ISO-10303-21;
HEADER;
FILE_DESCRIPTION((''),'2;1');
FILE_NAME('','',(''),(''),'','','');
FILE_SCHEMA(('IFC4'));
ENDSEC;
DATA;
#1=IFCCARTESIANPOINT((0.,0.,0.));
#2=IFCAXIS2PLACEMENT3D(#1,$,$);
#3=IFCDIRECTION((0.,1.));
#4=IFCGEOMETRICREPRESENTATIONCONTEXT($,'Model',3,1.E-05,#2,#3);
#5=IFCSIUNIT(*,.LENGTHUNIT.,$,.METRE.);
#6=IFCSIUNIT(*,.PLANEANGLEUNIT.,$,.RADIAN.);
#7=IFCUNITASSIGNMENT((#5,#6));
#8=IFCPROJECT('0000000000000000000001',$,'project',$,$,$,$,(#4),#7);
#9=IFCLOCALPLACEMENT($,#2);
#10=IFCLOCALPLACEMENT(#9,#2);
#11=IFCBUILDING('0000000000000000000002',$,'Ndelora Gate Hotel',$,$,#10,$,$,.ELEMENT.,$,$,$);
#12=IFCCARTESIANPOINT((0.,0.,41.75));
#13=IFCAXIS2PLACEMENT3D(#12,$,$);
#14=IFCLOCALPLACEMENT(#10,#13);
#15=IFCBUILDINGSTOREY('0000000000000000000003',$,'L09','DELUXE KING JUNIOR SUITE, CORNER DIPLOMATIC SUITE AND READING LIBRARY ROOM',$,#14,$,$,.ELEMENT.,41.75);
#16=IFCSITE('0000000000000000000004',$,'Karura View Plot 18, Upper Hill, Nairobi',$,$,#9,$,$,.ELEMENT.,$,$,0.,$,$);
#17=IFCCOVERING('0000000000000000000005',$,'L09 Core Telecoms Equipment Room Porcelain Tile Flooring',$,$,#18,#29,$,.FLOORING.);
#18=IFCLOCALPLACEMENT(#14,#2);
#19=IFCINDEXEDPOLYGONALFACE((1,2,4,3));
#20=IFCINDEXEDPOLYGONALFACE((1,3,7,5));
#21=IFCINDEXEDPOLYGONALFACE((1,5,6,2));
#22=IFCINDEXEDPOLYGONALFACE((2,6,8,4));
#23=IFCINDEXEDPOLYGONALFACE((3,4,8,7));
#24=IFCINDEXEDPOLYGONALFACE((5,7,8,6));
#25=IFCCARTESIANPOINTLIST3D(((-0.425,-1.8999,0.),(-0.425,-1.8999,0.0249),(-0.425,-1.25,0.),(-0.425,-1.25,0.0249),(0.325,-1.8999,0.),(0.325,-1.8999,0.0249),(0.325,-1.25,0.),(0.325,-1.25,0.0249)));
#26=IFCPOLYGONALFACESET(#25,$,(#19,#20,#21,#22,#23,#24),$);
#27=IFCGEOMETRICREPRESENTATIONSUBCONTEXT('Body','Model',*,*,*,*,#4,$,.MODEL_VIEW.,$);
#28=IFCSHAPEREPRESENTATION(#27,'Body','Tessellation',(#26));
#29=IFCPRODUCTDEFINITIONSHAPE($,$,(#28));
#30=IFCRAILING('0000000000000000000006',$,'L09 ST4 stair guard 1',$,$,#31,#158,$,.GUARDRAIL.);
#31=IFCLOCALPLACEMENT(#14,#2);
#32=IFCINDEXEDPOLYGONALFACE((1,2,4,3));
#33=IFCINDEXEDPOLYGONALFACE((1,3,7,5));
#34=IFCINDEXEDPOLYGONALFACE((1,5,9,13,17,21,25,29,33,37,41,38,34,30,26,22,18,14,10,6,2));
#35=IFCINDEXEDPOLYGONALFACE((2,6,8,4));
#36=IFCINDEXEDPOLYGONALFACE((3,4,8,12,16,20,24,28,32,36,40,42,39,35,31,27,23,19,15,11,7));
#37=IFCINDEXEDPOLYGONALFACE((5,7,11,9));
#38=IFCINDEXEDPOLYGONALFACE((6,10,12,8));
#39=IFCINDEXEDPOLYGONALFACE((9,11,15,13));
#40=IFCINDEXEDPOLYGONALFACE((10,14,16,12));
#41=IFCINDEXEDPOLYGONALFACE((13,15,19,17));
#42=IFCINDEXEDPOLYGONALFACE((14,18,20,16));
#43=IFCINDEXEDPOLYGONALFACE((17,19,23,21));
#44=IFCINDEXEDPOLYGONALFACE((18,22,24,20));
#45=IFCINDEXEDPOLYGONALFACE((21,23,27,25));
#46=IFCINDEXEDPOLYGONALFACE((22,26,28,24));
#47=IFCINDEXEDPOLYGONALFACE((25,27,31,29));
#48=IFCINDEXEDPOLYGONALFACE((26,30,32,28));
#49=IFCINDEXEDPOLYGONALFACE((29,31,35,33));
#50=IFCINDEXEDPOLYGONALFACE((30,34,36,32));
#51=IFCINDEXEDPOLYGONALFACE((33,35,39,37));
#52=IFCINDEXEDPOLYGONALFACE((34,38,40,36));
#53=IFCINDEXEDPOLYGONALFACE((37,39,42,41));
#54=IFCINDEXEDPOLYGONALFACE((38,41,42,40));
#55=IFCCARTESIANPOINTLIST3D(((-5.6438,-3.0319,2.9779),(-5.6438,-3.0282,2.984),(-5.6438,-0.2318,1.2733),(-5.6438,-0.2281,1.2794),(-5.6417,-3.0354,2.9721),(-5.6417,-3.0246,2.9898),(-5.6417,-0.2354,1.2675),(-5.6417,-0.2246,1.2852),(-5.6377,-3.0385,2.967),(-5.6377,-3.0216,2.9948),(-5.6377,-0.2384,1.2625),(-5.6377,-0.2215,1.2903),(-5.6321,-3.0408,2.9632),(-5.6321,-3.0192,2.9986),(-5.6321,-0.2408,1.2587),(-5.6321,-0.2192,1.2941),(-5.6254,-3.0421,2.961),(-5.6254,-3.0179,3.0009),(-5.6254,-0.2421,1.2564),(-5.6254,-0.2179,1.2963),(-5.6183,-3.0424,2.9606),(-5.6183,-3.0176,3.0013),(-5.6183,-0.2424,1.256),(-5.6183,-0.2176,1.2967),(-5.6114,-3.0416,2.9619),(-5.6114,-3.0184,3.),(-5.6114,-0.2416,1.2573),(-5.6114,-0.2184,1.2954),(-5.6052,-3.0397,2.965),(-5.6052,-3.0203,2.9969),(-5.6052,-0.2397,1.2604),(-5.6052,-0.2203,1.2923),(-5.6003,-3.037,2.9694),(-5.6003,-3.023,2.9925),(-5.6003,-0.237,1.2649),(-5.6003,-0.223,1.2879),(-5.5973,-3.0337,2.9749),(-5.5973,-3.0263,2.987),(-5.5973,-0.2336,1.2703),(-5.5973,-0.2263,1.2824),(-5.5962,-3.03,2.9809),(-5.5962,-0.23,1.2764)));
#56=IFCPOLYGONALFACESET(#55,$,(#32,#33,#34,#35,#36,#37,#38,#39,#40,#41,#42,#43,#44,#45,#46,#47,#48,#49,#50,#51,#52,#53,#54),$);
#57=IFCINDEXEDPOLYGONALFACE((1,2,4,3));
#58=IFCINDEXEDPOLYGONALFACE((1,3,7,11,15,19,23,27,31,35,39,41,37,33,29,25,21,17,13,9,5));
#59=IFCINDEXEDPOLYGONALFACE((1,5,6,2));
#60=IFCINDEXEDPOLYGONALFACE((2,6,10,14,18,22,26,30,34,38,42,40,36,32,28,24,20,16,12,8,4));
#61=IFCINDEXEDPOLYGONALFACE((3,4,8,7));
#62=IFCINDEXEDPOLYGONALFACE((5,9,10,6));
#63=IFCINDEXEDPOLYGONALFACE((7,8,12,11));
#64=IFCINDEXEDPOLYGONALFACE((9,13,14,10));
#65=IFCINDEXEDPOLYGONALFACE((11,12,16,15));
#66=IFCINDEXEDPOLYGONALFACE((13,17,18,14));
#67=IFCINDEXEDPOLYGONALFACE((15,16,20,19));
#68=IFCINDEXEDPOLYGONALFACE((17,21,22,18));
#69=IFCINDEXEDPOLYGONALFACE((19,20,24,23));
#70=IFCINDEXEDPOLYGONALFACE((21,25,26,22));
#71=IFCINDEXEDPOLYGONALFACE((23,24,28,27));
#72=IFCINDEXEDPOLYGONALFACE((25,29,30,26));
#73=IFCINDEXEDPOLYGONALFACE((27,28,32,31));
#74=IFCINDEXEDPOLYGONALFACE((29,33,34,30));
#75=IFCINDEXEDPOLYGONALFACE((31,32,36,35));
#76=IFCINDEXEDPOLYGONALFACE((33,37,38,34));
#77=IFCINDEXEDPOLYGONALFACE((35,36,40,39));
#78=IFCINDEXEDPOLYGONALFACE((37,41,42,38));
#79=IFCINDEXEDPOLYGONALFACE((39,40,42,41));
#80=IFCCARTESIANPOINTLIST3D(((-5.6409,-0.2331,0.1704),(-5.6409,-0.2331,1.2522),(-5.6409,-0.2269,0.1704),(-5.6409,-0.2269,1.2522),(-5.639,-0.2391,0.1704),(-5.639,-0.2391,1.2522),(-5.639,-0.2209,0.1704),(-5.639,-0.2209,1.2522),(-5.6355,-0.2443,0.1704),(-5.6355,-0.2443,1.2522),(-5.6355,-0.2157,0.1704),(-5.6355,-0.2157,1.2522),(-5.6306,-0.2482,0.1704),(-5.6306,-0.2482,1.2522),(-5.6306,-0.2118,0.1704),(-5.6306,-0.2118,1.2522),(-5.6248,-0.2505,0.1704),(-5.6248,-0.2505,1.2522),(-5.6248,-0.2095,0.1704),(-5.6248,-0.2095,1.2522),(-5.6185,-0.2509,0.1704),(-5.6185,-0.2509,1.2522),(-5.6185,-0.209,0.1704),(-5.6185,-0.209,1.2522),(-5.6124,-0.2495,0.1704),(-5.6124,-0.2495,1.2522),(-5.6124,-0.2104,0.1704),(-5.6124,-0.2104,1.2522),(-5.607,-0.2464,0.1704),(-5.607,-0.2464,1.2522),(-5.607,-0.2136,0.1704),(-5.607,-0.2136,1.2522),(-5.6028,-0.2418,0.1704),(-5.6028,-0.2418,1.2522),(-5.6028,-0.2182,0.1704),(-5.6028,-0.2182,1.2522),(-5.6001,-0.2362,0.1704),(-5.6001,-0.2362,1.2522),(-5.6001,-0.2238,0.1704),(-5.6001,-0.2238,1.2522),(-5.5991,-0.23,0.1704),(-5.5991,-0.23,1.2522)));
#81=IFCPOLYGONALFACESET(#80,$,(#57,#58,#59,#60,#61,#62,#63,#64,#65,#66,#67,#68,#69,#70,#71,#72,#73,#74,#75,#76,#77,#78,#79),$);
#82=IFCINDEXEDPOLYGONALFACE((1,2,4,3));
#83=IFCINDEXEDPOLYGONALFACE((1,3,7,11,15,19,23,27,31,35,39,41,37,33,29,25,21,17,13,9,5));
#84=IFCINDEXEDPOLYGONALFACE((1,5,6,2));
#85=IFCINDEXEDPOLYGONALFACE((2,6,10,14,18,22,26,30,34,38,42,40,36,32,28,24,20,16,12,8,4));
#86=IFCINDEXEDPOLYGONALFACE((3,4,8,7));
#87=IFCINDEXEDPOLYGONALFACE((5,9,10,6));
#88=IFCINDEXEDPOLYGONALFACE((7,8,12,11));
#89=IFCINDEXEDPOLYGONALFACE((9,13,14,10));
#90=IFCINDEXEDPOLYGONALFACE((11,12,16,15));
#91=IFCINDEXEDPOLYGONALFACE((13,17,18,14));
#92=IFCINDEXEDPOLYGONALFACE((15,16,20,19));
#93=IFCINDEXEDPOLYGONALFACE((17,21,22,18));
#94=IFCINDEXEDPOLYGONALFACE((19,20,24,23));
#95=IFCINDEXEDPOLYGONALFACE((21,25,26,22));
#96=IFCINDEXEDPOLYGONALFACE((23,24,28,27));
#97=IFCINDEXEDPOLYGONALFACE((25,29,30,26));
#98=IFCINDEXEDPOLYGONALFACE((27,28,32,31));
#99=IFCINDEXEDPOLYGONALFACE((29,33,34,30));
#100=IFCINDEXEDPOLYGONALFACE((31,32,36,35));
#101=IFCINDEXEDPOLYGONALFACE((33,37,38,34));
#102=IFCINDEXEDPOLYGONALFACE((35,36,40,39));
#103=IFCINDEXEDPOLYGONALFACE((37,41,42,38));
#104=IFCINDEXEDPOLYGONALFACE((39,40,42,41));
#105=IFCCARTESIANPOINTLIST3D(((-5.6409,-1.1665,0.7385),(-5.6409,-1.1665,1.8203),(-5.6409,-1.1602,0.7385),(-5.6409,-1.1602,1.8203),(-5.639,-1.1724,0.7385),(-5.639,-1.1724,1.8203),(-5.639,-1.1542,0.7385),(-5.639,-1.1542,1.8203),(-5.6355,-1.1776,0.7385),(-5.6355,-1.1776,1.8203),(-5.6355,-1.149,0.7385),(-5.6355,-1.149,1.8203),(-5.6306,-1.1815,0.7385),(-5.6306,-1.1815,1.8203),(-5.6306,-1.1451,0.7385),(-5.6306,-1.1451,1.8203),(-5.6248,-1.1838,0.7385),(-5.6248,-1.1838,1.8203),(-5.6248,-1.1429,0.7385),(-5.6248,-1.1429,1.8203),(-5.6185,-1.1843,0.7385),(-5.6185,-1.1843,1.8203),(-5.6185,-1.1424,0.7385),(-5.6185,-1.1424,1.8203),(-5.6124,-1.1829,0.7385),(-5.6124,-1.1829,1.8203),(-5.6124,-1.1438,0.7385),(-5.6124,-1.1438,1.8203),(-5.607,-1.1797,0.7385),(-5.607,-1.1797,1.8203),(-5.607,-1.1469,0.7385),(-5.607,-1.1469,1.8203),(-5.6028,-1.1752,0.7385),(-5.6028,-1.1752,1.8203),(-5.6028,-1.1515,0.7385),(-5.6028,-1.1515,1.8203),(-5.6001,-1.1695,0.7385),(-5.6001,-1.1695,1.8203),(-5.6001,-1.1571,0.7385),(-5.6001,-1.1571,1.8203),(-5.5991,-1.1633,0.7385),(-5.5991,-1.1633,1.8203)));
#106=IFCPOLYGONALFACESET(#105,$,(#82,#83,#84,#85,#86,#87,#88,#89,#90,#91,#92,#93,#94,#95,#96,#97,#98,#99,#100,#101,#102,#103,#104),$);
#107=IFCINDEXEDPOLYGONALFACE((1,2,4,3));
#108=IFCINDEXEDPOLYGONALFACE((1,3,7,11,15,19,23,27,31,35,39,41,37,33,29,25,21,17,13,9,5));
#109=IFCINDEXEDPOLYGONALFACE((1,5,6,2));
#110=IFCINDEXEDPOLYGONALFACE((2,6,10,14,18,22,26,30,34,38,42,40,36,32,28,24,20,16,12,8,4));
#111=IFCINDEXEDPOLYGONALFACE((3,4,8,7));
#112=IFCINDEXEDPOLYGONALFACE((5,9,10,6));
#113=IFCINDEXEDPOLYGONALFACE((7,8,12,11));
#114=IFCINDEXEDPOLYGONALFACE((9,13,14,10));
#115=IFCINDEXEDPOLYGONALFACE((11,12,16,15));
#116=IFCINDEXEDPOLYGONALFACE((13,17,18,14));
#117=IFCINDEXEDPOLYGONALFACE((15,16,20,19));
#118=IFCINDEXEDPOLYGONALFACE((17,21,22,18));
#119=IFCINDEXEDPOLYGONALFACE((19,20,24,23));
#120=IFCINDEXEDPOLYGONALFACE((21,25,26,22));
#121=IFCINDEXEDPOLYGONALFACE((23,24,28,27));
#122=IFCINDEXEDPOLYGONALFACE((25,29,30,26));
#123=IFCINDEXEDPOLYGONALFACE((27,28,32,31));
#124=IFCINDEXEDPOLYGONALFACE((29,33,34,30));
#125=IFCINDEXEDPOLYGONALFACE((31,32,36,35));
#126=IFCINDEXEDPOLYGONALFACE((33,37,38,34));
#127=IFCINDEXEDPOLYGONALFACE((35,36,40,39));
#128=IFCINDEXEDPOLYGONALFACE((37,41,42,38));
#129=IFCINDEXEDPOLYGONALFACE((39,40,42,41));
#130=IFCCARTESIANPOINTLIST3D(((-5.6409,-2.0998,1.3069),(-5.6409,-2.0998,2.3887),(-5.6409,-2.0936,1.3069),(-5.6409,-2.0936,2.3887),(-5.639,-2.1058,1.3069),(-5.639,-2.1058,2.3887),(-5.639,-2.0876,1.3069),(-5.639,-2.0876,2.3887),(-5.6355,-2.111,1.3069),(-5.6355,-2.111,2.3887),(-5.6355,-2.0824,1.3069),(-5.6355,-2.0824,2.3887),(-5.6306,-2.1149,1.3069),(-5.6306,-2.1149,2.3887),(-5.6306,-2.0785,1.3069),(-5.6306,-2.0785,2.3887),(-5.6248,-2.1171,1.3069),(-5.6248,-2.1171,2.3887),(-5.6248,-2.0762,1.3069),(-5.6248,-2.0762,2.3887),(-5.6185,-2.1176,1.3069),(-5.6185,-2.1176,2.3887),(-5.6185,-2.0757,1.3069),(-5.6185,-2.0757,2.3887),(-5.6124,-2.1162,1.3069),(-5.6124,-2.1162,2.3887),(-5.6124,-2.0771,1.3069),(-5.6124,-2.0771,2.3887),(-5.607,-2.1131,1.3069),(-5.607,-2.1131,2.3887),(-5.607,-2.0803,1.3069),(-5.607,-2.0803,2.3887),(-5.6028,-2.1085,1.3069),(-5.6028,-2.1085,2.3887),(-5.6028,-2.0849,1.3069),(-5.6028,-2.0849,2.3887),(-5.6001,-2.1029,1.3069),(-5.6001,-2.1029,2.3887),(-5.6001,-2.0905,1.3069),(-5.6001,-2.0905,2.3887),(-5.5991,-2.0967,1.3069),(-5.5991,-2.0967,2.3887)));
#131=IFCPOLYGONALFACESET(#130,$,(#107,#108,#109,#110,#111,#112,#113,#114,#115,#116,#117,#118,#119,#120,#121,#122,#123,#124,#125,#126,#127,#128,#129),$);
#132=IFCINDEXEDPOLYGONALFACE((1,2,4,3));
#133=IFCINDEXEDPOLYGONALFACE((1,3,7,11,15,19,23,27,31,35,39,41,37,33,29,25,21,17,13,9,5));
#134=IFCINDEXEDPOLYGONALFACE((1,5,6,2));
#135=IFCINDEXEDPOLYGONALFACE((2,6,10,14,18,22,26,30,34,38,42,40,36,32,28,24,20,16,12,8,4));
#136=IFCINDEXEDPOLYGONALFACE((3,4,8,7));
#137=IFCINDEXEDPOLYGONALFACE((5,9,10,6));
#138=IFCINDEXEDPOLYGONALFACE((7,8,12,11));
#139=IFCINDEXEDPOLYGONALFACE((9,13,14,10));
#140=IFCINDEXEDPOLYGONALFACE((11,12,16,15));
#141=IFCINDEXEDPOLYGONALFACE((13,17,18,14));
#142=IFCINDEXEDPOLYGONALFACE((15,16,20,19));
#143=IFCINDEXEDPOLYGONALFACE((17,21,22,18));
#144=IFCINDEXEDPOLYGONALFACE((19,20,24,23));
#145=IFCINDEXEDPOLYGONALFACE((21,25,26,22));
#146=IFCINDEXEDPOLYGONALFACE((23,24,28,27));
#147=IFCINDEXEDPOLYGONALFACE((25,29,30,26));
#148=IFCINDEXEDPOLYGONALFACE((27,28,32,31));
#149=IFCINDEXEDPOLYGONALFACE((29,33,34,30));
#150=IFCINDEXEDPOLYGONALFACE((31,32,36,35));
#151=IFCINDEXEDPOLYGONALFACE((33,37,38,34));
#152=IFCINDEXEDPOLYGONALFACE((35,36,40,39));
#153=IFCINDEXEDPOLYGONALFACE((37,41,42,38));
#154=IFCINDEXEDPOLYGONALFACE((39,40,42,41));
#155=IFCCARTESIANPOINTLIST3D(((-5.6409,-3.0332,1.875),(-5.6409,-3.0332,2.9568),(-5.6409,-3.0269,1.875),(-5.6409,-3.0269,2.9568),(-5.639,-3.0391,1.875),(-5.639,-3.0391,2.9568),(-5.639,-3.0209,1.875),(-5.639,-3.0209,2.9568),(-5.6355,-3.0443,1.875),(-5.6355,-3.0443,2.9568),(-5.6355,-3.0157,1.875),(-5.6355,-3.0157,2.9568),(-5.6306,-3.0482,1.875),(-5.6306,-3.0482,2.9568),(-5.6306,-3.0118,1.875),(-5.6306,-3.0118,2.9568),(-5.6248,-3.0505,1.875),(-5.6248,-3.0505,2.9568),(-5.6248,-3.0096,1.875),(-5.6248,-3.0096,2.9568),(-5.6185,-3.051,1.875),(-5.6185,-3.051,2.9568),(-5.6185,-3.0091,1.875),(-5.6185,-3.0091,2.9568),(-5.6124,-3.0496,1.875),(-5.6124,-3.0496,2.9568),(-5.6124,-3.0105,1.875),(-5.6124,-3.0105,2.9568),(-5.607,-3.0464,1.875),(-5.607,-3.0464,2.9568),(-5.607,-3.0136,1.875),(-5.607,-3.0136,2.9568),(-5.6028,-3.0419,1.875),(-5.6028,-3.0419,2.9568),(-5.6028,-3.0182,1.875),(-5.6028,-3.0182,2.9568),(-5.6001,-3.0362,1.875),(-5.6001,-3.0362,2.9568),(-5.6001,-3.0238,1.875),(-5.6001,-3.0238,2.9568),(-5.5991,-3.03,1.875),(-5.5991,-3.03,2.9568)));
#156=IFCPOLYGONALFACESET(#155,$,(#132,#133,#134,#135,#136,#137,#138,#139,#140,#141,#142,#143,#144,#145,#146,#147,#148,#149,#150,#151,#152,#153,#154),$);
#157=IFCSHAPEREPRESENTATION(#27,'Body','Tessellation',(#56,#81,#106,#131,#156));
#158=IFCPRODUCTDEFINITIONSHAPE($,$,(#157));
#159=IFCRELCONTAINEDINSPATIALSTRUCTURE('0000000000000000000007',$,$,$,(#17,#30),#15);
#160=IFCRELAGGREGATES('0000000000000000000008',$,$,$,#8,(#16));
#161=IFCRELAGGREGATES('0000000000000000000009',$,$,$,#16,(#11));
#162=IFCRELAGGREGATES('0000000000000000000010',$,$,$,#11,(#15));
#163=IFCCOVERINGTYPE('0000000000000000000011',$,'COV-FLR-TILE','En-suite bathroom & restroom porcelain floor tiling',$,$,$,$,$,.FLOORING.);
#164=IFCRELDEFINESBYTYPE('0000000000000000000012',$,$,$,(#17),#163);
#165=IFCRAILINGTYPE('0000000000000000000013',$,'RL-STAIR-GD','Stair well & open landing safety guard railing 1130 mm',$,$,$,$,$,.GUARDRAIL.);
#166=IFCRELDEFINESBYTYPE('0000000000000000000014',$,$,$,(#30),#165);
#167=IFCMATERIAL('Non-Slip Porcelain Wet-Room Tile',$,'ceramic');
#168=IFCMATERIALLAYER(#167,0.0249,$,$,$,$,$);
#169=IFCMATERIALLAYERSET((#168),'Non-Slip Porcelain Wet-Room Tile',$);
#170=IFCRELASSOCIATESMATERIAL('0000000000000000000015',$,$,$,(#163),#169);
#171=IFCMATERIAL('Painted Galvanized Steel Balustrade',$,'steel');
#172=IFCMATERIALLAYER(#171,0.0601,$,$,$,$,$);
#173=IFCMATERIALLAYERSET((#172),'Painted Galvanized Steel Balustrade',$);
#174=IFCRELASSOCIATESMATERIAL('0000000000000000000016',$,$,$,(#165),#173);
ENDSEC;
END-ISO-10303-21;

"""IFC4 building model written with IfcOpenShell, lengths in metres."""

from ifc_helpers import new_model, si_unit, direction, frame, origin, origin_2d, place, context, subcontext, project, spatial, rectangle, circle, extrude, material, layer, layer_set, type_object, element, save


model = new_model("IFC4")

# Units and contexts
model_context = context("Model", 3, precision=1e-05, world=origin(), true_north=direction((0.0, 1.0)))
body_context = subcontext(model_context, "Body", "Model", "MODEL_VIEW")
ifc_project = project(units=[si_unit("LENGTHUNIT", "METRE"), si_unit("PLANEANGLEUNIT", "RADIAN")], contexts=[model_context])

# Site, building, storey
site_placement = place(None, origin())
site = spatial("IfcSite", under=ifc_project, at=site_placement, Name="Karura View Plot 18, Upper Hill, Nairobi", CompositionType="ELEMENT", RefElevation=0.0)
building_placement = place(site_placement, origin())
building = spatial("IfcBuilding", under=site, at=building_placement, Name="Ndelora Gate Hotel", CompositionType="ELEMENT")
storey_placement = place(building_placement, frame((0.0, 0.0, 41.75)))
storey = spatial("IfcBuildingStorey", under=building, at=storey_placement, Name="L09", Description="DELUXE KING JUNIOR SUITE, CORNER DIPLOMATIC SUITE AND READING LIBRARY ROOM", CompositionType="ELEMENT", Elevation=41.75)

# Covering
ifc_material_1 = material(Name="Non-Slip Porcelain Wet-Room Tile", Category="ceramic")
ifc_layer_1 = layer(ifc_material_1, 0.0249)
ifc_layer_set_1 = layer_set([ifc_layer_1], Name="Non-Slip Porcelain Wet-Room Tile")
covering_type = type_object("IfcCoveringType", Name="COV-FLR-TILE", Description="En-suite bathroom & restroom porcelain floor tiling", PredefinedType="FLOORING", material=ifc_layer_set_1)
for number, where, z_axis, x_axis, name in (
    (1, (-0.05, -1.575, 0.0), (0.0, 0.0, 1.0), (1.0, 0.0, 0.0), "L09 Core Telecoms Equipment Room Porcelain Tile Flooring"),
):
    element("IfcCovering", number, at=place(storey_placement, frame(where, z_axis=z_axis, x_axis=x_axis)), inside=storey, type_object=covering_type, Name=name, PredefinedType="FLOORING", context=body_context, shape_type="SweptSolid", body=[
        extrude(rectangle(XDim=0.75, YDim=0.6499, at=origin_2d()), origin(), (0.0, 0.0, 1.0), 0.0249),
    ])

# Railing
ifc_material_2 = material(Name="Painted Galvanized Steel Balustrade", Category="steel")
ifc_layer_2 = layer(ifc_material_2, 0.0601)
ifc_layer_set_2 = layer_set([ifc_layer_2], Name="Painted Galvanized Steel Balustrade")
railing_type_1 = type_object("IfcRailingType", Name="RL-STAIR-GD", Description="Stair well & open landing safety guard railing 1130 mm", PredefinedType="GUARDRAIL", material=ifc_layer_set_2)
railing_1_placement = place(storey_placement, frame((-5.6201, -0.23, 0.1704)))
element("IfcRailing", 2, at=railing_1_placement, inside=storey, type_object=railing_type_1, Name="L09 ST4 stair guard 1", PredefinedType="GUARDRAIL", context=body_context, shape_type="SweptSolid", body=[
    extrude(circle(Radius=0.0239, at=origin_2d()), frame((0.0, 0.0, 1.106), z_axis=(0.0, -0.85417, 0.519994), x_axis=(1.0, 0.0, 0.0)), (0.0, 0.0, 1.0), 3.2781),
    extrude(circle(Radius=0.021, at=origin_2d()), origin(), (0.0, 0.0, 1.0), 1.0818),
    extrude(circle(Radius=0.021, at=origin_2d()), frame((0.0, -0.9333, 0.5681)), (0.0, 0.0, 1.0), 1.0818),
    extrude(circle(Radius=0.021, at=origin_2d()), frame((0.0, -1.8667, 1.1365)), (0.0, 0.0, 1.0), 1.0818),
    extrude(circle(Radius=0.021, at=origin_2d()), frame((0.0, -2.8, 1.7046)), (0.0, 0.0, 1.0), 1.0818),
])

save(model, "model.ifc")
